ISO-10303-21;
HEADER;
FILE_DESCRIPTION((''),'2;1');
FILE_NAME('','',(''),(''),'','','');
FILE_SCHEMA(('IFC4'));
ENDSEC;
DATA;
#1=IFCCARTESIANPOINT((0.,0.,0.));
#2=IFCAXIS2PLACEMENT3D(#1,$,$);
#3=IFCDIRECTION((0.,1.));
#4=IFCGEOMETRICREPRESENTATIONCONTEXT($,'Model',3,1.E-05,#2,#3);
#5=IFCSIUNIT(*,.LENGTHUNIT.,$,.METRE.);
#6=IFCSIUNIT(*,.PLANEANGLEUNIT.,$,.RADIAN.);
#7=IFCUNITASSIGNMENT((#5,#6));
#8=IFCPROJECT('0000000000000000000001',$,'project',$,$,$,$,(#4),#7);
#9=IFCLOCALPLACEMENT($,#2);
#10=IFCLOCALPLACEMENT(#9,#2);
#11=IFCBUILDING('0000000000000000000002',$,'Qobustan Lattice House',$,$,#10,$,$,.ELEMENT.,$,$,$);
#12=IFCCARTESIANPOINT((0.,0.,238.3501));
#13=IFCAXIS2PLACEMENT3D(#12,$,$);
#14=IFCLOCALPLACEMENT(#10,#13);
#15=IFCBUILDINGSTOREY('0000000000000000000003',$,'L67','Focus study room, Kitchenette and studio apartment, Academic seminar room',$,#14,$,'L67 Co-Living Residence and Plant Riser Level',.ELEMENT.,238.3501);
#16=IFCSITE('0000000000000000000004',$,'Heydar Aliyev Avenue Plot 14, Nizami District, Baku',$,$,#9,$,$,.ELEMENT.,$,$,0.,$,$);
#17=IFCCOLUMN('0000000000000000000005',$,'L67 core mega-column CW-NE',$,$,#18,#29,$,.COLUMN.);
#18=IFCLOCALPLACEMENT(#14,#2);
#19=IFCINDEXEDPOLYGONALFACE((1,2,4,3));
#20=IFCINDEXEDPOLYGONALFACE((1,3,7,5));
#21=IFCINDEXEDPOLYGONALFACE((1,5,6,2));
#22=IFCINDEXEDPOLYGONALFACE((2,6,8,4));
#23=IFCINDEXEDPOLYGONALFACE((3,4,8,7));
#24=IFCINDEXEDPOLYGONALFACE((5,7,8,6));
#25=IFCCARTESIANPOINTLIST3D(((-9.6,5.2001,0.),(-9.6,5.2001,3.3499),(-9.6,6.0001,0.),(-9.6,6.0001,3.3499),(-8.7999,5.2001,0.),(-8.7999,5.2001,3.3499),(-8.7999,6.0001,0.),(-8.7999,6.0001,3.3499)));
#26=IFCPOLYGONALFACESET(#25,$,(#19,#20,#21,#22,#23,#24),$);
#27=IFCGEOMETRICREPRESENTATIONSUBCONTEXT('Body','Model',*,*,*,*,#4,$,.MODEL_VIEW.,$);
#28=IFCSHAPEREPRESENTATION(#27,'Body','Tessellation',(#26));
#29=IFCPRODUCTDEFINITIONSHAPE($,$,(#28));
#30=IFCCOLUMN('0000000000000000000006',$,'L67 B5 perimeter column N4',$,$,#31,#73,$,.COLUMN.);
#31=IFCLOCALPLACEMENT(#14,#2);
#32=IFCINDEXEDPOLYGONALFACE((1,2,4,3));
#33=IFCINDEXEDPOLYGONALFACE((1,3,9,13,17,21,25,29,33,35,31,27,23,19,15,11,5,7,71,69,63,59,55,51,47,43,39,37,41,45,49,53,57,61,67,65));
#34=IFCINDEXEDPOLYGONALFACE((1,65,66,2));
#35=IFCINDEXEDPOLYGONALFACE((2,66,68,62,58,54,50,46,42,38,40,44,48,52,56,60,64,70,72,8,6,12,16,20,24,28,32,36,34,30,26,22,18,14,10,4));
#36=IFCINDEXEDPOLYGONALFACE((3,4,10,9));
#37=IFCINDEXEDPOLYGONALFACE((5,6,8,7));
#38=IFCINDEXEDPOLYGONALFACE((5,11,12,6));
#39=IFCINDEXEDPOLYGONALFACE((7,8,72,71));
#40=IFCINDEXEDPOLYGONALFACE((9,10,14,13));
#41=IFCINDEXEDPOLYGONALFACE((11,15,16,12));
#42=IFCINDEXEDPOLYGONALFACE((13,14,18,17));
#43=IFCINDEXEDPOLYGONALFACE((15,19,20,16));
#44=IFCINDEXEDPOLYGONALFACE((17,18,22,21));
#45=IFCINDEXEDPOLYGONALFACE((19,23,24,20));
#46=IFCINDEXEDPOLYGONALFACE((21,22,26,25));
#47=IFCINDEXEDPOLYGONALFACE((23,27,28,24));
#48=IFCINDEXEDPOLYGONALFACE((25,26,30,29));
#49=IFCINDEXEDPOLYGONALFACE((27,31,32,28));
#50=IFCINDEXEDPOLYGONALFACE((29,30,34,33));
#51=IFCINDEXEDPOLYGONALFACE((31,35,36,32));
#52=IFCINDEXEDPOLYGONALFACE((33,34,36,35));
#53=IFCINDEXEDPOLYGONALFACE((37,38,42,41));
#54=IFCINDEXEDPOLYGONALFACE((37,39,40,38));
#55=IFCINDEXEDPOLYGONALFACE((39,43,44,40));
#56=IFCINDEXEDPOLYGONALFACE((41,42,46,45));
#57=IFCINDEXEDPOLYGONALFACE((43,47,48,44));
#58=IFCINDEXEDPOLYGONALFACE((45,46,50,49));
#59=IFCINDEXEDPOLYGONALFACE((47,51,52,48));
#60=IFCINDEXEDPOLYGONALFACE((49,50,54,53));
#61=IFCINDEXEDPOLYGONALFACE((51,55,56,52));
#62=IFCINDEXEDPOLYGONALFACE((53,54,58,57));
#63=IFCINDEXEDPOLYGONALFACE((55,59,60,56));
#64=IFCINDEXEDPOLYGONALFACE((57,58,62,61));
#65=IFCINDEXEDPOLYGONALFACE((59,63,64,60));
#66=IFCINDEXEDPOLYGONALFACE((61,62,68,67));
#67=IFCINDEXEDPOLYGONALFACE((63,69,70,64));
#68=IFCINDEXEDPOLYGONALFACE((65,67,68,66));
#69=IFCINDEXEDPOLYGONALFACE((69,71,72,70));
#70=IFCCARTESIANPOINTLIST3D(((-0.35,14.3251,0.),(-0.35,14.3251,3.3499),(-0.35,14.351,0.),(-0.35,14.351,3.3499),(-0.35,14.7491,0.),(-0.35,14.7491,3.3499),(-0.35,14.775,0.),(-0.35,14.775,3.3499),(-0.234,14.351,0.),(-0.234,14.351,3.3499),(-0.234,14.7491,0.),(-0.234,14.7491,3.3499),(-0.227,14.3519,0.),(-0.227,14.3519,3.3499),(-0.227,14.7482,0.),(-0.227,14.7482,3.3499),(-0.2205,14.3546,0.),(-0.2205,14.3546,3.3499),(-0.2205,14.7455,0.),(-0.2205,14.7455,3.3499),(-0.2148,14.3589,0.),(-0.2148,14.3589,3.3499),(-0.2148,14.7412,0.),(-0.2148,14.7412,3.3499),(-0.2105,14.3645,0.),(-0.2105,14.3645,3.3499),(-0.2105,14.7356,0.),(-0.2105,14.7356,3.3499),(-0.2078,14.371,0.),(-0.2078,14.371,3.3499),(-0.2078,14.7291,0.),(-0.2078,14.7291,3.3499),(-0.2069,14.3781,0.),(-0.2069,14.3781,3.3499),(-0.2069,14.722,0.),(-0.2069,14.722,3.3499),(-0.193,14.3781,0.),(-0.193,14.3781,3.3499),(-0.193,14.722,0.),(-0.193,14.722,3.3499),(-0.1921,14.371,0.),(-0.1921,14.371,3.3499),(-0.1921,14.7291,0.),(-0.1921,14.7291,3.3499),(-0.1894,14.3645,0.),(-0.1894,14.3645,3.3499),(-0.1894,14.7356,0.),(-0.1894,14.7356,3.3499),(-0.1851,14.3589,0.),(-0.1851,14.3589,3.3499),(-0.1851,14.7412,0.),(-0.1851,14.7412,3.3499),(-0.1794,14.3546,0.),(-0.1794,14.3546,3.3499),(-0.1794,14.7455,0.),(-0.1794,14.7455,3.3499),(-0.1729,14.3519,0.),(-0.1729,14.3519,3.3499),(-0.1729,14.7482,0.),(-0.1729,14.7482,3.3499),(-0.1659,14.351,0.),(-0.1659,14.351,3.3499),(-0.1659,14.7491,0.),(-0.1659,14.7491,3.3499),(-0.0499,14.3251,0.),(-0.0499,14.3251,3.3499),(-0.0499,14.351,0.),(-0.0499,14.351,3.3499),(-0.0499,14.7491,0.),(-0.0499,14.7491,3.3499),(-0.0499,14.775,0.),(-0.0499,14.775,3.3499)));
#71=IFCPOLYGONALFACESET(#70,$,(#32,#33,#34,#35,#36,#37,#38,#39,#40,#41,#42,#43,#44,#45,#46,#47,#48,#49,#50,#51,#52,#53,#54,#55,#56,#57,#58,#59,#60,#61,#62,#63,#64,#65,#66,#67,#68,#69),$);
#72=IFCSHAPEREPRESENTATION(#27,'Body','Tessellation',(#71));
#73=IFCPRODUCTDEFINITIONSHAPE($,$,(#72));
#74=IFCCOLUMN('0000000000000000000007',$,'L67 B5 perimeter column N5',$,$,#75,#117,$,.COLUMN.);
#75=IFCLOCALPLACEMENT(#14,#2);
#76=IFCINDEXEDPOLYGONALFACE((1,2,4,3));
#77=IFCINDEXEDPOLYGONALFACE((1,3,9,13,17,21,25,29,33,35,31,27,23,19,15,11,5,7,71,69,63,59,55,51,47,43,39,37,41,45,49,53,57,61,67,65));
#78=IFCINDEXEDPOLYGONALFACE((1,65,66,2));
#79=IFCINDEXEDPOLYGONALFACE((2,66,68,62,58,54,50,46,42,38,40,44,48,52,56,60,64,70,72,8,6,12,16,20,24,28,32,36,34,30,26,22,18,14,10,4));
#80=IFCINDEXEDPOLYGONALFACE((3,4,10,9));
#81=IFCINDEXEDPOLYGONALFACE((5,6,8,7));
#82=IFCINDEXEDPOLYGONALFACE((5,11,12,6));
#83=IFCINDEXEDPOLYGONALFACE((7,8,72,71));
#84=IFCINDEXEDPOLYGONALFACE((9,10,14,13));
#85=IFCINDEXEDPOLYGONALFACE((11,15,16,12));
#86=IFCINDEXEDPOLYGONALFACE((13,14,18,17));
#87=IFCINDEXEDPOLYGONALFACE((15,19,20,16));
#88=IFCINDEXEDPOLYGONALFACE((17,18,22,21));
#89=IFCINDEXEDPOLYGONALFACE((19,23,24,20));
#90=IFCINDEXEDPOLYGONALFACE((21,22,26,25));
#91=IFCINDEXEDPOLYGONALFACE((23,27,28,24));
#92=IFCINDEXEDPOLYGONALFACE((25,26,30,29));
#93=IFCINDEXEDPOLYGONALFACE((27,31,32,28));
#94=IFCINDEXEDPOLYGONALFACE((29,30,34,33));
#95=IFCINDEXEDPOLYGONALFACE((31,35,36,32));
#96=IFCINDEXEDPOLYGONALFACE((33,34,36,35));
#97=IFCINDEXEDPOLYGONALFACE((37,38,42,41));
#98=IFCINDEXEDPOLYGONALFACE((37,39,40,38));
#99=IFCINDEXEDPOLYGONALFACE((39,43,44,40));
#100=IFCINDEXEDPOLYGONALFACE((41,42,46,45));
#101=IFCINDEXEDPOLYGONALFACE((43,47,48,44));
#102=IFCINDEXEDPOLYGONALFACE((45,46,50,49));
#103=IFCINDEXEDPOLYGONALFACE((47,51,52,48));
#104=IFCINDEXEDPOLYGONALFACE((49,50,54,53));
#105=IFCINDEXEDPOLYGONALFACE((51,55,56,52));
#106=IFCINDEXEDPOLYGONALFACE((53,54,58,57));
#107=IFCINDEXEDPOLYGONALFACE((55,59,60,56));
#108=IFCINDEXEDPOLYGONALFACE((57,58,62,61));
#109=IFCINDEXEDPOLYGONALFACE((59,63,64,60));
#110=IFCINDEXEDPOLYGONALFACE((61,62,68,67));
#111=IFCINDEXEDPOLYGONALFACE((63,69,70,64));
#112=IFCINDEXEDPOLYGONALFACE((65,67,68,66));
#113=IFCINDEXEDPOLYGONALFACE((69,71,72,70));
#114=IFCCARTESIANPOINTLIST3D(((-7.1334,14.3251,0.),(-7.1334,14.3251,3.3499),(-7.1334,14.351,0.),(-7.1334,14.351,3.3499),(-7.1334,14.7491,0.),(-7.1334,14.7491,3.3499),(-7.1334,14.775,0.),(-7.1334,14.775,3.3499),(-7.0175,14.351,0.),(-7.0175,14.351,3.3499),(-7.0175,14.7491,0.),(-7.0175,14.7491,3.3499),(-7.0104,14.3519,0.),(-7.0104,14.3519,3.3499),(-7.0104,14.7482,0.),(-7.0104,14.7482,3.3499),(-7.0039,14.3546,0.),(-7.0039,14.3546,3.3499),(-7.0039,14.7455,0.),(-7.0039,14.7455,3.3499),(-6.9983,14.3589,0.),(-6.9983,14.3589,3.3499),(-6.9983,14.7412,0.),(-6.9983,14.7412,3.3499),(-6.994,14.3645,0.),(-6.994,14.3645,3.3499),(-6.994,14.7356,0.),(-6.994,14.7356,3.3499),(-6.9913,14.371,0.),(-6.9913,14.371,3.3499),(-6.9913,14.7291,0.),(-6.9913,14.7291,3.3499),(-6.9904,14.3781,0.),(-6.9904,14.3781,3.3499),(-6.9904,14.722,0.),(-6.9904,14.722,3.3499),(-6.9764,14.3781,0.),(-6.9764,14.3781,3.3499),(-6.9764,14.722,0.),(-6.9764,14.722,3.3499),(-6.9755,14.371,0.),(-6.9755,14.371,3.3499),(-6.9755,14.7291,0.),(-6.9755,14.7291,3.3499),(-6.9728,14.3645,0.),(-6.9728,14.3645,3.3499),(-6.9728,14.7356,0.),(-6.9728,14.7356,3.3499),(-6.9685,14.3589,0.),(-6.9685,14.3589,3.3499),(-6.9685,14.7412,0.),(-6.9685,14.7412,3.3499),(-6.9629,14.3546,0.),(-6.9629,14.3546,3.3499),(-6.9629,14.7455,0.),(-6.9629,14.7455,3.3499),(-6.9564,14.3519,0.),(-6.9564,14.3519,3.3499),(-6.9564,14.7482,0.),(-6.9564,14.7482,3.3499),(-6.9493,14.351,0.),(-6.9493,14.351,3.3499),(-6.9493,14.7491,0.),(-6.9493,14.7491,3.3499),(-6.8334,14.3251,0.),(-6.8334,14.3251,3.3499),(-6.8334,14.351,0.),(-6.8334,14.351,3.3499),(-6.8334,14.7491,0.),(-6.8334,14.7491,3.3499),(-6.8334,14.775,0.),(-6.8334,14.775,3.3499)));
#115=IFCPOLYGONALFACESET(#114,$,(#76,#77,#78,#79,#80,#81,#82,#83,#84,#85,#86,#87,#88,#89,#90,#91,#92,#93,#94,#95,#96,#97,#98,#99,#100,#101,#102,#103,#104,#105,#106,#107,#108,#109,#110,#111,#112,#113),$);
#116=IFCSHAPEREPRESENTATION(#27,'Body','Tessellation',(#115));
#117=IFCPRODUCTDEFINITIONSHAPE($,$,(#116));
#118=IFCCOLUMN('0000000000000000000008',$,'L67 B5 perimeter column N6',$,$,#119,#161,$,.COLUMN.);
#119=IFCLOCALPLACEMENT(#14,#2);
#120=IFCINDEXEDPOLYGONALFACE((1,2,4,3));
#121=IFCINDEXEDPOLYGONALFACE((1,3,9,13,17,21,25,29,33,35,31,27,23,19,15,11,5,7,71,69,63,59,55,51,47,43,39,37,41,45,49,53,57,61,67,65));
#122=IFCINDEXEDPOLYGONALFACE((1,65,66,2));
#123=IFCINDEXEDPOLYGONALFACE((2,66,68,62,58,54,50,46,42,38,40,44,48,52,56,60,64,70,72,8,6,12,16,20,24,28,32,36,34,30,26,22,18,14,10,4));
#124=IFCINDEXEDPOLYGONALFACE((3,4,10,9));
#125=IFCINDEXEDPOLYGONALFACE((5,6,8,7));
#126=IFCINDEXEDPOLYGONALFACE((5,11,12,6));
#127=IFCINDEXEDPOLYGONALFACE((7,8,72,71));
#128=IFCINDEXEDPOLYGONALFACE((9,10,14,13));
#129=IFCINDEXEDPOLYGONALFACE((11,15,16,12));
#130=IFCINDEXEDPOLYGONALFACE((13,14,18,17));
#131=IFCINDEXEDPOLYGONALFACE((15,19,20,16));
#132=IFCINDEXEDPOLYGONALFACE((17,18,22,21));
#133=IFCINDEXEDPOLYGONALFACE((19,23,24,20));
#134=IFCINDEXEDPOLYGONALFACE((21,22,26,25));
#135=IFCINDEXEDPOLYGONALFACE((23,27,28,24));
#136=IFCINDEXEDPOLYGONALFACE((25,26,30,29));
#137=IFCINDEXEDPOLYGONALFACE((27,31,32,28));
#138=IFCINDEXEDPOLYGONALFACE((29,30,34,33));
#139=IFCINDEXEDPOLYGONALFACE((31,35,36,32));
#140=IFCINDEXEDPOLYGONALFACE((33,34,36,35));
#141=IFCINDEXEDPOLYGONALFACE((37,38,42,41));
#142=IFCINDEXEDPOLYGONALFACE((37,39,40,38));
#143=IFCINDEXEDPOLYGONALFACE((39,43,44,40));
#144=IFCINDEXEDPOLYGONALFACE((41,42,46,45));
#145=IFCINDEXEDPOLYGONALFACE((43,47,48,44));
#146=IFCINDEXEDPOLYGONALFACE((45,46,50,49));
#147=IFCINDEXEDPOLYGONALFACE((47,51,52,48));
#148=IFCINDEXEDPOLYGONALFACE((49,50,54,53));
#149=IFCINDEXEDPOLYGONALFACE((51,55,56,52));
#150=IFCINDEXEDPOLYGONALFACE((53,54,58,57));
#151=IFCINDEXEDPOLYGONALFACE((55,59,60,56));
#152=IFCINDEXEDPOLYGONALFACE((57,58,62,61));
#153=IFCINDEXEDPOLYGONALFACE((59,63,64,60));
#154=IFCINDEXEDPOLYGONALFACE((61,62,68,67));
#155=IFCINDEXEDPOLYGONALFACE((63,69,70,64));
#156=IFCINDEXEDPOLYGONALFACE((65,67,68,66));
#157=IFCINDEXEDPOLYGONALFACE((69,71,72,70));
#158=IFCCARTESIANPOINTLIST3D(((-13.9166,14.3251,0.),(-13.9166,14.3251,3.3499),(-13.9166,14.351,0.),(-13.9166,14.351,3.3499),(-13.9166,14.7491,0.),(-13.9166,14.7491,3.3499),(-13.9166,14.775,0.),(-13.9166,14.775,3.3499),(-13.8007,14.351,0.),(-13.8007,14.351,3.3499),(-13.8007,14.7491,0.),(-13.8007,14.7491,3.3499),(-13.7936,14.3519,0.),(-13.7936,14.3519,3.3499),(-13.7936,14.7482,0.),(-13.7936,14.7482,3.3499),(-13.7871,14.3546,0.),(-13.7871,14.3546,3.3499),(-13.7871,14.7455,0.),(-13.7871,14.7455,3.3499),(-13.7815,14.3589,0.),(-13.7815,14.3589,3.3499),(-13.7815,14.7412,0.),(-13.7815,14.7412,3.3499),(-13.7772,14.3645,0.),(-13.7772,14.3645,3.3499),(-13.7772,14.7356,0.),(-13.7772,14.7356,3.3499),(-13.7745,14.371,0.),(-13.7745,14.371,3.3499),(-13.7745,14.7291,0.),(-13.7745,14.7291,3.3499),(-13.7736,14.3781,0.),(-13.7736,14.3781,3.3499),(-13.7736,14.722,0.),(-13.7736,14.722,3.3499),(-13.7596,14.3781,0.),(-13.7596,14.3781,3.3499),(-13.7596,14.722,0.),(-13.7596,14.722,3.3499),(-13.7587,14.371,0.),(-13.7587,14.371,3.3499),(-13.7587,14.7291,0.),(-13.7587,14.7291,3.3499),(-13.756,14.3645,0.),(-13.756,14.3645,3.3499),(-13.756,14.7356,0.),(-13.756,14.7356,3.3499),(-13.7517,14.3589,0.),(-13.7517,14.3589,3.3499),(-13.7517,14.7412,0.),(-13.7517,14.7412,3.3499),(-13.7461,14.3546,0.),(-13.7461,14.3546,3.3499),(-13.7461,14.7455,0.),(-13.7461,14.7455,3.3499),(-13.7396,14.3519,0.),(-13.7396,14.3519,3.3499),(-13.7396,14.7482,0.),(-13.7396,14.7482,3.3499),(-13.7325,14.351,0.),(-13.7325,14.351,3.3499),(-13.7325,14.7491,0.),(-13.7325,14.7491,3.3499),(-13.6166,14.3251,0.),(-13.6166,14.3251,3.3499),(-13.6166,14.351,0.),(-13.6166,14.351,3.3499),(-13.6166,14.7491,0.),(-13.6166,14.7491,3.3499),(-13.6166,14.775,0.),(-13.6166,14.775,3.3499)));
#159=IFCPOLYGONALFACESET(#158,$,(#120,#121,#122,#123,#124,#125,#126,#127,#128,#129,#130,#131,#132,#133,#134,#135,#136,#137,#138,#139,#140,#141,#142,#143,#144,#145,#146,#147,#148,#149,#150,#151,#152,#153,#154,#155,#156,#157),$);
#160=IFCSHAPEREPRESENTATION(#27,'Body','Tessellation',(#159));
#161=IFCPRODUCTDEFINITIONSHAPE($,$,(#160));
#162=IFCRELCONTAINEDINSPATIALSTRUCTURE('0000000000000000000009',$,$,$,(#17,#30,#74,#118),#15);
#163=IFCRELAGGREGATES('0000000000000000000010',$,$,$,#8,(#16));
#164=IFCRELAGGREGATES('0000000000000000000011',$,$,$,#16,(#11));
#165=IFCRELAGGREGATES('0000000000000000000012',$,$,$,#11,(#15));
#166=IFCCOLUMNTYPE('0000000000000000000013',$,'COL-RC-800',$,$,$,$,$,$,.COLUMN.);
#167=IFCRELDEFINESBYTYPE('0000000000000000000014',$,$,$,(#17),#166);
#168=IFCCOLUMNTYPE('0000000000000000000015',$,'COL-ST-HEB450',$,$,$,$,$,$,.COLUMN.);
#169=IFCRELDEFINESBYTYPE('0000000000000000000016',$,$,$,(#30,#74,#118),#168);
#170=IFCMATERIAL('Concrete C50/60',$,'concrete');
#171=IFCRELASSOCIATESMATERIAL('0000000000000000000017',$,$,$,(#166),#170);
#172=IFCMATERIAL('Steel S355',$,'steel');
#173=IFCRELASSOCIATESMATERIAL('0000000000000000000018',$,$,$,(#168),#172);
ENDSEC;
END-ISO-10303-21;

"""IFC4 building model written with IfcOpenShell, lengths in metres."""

from ifc_helpers import new_model, si_unit, direction, frame, origin, origin_2d, place, context, subcontext, project, spatial, rectangle, i_section, extrude, material, material_profile, profile_set, type_object, element, save


model = new_model("IFC4")

# Units and contexts
model_context = context("Model", 3, precision=1e-05, world=origin(), true_north=direction((0.0, 1.0)))
body_context = subcontext(model_context, "Body", "Model", "MODEL_VIEW")
ifc_project = project(units=[si_unit("LENGTHUNIT", "METRE"), si_unit("PLANEANGLEUNIT", "RADIAN")], contexts=[model_context])

# Site, building, storey
site_placement = place(None, origin())
site = spatial("IfcSite", under=ifc_project, at=site_placement, Name="Heydar Aliyev Avenue Plot 14, Nizami District, Baku", CompositionType="ELEMENT", RefElevation=0.0)
building_placement = place(site_placement, origin())
building = spatial("IfcBuilding", under=site, at=building_placement, Name="Qobustan Lattice House", CompositionType="ELEMENT")
storey_placement = place(building_placement, frame((0.0, 0.0, 238.3501)))
storey = spatial("IfcBuildingStorey", under=building, at=storey_placement, Name="L67", Description="Focus study room, Kitchenette and studio apartment, Academic seminar room", LongName="L67 Co-Living Residence and Plant Riser Level", CompositionType="ELEMENT", Elevation=238.3501)

# Columns
ifc_material_1 = material(Name="Concrete C50/60", Category="concrete")
ifc_material_profile_1 = material_profile(ifc_material_1, rectangle(XDim=0.8, YDim=0.8, at=origin_2d()), Name="RC800x800")
ifc_profile_set_1 = profile_set([ifc_material_profile_1], Name="Concrete C50/60")
column_type_1 = type_object("IfcColumnType", Name="COL-RC-800", PredefinedType="COLUMN", material=ifc_profile_set_1)
column_placement = place(storey_placement, frame((-9.2, 5.6001, 0.0), z_axis=(0.0, 0.0, 1.0), x_axis=(1.0, 0.0, 0.0)))
element("IfcColumn", 1, at=column_placement, inside=storey, type_object=column_type_1, Name="L67 core mega-column CW-NE", PredefinedType="COLUMN", context=body_context, shape_type="SweptSolid", body=[
    extrude(rectangle(XDim=0.8, YDim=0.8, at=origin_2d()), origin(), (0.0, 0.0, 1.0), 3.3499),
])
ifc_material_2 = material(Name="Steel S355", Category="steel")
ifc_material_profile_2 = material_profile(ifc_material_2, i_section(OverallWidth=0.3, OverallDepth=0.45, WebThickness=0.0139, FlangeThickness=0.0259, FilletRadius=0.0271, at=origin_2d()), Name="HEB450")
ifc_profile_set_2 = profile_set([ifc_material_profile_2], Name="Steel S355")
column_type_2 = type_object("IfcColumnType", Name="COL-ST-HEB450", PredefinedType="COLUMN", material=ifc_profile_set_2)
for number, where, z_axis, x_axis, name in (
    (2, (-0.2, 14.55, 0.0), (0.0, 0.0, 1.0), (1.0, 0.0, 0.0), "L67 B5 perimeter column N4"),
    (3, (-6.9834, 14.55, 0.0), (0.0, 0.0, 1.0), (1.0, 0.0, 0.0), "L67 B5 perimeter column N5"),
    (4, (-13.7666, 14.55, 0.0), (0.0, 0.0, 1.0), (1.0, 0.0, 0.0), "L67 B5 perimeter column N6"),
):
    element("IfcColumn", number, at=place(storey_placement, frame(where, z_axis=z_axis, x_axis=x_axis)), inside=storey, type_object=column_type_2, Name=name, PredefinedType="COLUMN", context=body_context, shape_type="SweptSolid", body=[
        extrude(i_section(OverallWidth=0.3, OverallDepth=0.45, WebThickness=0.0139, FlangeThickness=0.0259, FilletRadius=0.0271, at=origin_2d()), origin(), (0.0, 0.0, 1.0), 3.3499),
    ])

save(model, "model.ifc")
